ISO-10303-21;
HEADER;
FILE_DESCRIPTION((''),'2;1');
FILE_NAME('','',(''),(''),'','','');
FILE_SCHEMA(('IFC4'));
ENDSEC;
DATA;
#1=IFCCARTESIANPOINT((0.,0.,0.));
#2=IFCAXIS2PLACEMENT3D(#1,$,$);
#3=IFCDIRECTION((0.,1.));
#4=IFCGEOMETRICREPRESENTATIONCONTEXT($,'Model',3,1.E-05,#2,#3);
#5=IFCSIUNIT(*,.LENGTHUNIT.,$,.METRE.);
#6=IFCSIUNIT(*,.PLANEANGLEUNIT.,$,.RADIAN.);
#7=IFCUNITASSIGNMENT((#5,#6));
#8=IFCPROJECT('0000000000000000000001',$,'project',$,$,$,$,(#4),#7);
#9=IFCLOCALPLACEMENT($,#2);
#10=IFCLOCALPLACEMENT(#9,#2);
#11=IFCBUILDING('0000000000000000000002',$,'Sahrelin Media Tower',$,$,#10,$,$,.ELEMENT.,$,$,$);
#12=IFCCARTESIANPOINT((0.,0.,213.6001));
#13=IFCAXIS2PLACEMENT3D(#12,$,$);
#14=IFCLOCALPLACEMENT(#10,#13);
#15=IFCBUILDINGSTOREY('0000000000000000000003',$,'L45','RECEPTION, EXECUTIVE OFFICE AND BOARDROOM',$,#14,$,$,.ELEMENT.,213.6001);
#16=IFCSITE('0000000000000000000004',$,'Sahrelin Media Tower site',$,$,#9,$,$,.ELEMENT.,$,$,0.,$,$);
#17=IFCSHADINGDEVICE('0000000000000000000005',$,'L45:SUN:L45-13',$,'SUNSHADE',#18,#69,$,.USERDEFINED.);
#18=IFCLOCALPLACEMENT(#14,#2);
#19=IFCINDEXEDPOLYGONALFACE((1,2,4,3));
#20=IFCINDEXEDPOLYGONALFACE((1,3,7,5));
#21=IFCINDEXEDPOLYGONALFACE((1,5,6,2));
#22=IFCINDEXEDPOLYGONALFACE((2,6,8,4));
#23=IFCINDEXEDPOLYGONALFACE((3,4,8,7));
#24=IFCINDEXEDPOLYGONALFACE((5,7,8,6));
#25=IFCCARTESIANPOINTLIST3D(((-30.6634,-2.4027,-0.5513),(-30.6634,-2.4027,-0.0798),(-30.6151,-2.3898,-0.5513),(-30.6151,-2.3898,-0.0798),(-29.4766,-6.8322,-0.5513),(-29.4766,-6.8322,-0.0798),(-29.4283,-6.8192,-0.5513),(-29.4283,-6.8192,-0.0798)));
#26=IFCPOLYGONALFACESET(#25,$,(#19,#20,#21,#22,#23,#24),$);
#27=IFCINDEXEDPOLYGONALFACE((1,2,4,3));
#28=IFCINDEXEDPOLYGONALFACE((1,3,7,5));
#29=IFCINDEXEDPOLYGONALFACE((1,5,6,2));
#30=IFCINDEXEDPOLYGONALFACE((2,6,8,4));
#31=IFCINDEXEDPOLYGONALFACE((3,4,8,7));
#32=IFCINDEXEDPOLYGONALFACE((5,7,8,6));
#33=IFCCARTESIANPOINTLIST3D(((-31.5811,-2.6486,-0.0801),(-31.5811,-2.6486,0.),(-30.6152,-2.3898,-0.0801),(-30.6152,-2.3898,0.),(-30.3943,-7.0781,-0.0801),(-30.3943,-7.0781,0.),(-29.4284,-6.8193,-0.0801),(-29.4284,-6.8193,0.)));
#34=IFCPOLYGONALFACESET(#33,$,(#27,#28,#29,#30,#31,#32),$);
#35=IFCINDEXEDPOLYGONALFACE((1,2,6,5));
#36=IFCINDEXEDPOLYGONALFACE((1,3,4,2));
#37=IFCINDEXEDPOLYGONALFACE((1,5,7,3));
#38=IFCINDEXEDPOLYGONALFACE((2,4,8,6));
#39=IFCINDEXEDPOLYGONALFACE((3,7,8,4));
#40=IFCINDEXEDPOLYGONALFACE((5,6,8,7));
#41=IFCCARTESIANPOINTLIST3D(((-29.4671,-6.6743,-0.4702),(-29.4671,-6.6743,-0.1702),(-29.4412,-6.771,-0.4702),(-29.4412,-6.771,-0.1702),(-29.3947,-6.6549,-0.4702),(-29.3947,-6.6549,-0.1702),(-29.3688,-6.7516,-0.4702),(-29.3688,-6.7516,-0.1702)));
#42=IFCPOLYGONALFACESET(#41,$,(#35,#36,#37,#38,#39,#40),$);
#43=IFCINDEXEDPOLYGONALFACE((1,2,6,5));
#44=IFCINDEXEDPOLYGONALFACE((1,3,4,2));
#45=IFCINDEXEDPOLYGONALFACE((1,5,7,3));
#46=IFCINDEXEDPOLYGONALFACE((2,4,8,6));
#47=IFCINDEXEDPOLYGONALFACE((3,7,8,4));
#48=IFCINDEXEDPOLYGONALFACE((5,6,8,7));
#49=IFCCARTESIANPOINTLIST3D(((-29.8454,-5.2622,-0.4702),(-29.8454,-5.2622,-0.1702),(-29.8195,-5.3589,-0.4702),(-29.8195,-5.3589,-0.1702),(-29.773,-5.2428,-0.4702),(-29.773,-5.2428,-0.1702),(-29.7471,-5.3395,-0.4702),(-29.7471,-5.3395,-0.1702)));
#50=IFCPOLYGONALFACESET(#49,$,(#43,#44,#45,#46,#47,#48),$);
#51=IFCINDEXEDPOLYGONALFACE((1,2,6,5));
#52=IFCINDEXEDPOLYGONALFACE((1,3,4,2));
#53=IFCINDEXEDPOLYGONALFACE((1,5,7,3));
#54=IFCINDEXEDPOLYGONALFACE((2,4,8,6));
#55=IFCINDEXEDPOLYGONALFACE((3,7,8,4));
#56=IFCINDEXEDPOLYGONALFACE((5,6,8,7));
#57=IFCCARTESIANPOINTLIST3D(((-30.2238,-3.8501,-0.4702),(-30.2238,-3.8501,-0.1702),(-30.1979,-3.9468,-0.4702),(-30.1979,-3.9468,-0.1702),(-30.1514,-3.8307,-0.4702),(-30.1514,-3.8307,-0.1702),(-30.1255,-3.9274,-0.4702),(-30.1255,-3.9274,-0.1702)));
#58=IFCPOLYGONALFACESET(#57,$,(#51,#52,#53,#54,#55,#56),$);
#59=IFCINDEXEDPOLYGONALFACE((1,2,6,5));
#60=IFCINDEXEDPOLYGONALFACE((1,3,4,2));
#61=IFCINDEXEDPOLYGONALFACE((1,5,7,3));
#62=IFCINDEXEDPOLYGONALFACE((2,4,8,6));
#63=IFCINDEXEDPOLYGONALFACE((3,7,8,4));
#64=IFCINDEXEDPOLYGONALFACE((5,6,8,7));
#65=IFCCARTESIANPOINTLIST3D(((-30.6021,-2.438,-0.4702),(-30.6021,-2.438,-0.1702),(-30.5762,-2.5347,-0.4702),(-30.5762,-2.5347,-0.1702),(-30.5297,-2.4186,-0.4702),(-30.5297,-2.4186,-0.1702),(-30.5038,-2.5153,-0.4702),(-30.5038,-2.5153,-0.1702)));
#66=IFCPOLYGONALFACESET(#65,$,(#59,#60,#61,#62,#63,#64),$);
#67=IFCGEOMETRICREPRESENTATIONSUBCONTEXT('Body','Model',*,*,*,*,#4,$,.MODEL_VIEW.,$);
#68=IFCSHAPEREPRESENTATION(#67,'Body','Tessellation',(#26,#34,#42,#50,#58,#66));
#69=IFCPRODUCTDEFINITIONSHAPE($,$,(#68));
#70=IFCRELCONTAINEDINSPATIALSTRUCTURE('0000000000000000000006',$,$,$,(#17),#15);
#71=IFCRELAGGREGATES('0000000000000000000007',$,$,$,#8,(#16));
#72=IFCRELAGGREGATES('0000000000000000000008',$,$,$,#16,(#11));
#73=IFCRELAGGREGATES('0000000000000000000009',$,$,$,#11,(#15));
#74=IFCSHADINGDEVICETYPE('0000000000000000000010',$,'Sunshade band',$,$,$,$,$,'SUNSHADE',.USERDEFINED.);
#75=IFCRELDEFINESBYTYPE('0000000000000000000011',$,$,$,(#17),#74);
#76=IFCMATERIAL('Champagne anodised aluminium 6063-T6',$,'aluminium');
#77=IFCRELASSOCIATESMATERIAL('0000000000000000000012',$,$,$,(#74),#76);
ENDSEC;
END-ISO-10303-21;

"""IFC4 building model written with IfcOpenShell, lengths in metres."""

from ifc_helpers import new_model, si_unit, direction, frame, origin, origin_2d, place, context, subcontext, project, spatial, rectangle, extrude, material, type_object, element, save


model = new_model("IFC4")

# Units and contexts
model_context = context("Model", 3, precision=1e-05, world=origin(), true_north=direction((0.0, 1.0)))
body_context = subcontext(model_context, "Body", "Model", "MODEL_VIEW")
ifc_project = project(units=[si_unit("LENGTHUNIT", "METRE"), si_unit("PLANEANGLEUNIT", "RADIAN")], contexts=[model_context])

# Site, building, storey
site_placement = place(None, origin())
site = spatial("IfcSite", under=ifc_project, at=site_placement, Name="Sahrelin Media Tower site", CompositionType="ELEMENT", RefElevation=0.0)
building_placement = place(site_placement, origin())
building = spatial("IfcBuilding", under=site, at=building_placement, Name="Sahrelin Media Tower", CompositionType="ELEMENT")
storey_placement = place(building_placement, frame((0.0, 0.0, 213.6001)))
storey = spatial("IfcBuildingStorey", under=building, at=storey_placement, Name="L45", Description="RECEPTION, EXECUTIVE OFFICE AND BOARDROOM", CompositionType="ELEMENT", Elevation=213.6001)

# Shared definitions
ifc_material_1 = material(Name="Champagne anodised aluminium 6063-T6", Category="aluminium")

# Shading device
placement_1 = place(storey_placement, frame((-30.0024, -4.5994, 0.0), z_axis=(0.0, 0.0, 1.0), x_axis=(-0.258808, 0.965929, 0.0)))
shading_device_type_1 = type_object("IfcShadingDeviceType", Name="Sunshade band", ElementType="SUNSHADE", PredefinedType="USERDEFINED", material=ifc_material_1)
element("IfcShadingDevice", 1, at=placement_1, inside=storey, type_object=shading_device_type_1, Name="L45:SUN:L45-13", ObjectType="SUNSHADE", PredefinedType="USERDEFINED", context=body_context, shape_type="SweptSolid", body=[
    extrude(rectangle(XDim=4.5857, YDim=0.05, at=origin_2d()), frame((0.0, 0.0449, -0.5513)), (0.0, 0.0, 1.0), 0.4714),
    extrude(rectangle(XDim=4.5857, YDim=1.0, at=origin_2d()), frame((0.0, 0.52, -0.0801)), (0.0, 0.0, 1.0), 0.0801),
    extrude(rectangle(XDim=0.1001, YDim=0.075, at=origin_2d()), frame((-2.1929, -0.0176, -0.4702)), (0.0, 0.0, 1.0), 0.3),
    extrude(rectangle(XDim=0.1001, YDim=0.075, at=origin_2d()), frame((-0.731, -0.0176, -0.4702)), (0.0, 0.0, 1.0), 0.3),
    extrude(rectangle(XDim=0.1001, YDim=0.075, at=origin_2d()), frame((0.731, -0.0176, -0.4702)), (0.0, 0.0, 1.0), 0.3),
    extrude(rectangle(XDim=0.1001, YDim=0.075, at=origin_2d()), frame((2.1929, -0.0176, -0.4702)), (0.0, 0.0, 1.0), 0.3),
])

save(model, "model.ifc")
